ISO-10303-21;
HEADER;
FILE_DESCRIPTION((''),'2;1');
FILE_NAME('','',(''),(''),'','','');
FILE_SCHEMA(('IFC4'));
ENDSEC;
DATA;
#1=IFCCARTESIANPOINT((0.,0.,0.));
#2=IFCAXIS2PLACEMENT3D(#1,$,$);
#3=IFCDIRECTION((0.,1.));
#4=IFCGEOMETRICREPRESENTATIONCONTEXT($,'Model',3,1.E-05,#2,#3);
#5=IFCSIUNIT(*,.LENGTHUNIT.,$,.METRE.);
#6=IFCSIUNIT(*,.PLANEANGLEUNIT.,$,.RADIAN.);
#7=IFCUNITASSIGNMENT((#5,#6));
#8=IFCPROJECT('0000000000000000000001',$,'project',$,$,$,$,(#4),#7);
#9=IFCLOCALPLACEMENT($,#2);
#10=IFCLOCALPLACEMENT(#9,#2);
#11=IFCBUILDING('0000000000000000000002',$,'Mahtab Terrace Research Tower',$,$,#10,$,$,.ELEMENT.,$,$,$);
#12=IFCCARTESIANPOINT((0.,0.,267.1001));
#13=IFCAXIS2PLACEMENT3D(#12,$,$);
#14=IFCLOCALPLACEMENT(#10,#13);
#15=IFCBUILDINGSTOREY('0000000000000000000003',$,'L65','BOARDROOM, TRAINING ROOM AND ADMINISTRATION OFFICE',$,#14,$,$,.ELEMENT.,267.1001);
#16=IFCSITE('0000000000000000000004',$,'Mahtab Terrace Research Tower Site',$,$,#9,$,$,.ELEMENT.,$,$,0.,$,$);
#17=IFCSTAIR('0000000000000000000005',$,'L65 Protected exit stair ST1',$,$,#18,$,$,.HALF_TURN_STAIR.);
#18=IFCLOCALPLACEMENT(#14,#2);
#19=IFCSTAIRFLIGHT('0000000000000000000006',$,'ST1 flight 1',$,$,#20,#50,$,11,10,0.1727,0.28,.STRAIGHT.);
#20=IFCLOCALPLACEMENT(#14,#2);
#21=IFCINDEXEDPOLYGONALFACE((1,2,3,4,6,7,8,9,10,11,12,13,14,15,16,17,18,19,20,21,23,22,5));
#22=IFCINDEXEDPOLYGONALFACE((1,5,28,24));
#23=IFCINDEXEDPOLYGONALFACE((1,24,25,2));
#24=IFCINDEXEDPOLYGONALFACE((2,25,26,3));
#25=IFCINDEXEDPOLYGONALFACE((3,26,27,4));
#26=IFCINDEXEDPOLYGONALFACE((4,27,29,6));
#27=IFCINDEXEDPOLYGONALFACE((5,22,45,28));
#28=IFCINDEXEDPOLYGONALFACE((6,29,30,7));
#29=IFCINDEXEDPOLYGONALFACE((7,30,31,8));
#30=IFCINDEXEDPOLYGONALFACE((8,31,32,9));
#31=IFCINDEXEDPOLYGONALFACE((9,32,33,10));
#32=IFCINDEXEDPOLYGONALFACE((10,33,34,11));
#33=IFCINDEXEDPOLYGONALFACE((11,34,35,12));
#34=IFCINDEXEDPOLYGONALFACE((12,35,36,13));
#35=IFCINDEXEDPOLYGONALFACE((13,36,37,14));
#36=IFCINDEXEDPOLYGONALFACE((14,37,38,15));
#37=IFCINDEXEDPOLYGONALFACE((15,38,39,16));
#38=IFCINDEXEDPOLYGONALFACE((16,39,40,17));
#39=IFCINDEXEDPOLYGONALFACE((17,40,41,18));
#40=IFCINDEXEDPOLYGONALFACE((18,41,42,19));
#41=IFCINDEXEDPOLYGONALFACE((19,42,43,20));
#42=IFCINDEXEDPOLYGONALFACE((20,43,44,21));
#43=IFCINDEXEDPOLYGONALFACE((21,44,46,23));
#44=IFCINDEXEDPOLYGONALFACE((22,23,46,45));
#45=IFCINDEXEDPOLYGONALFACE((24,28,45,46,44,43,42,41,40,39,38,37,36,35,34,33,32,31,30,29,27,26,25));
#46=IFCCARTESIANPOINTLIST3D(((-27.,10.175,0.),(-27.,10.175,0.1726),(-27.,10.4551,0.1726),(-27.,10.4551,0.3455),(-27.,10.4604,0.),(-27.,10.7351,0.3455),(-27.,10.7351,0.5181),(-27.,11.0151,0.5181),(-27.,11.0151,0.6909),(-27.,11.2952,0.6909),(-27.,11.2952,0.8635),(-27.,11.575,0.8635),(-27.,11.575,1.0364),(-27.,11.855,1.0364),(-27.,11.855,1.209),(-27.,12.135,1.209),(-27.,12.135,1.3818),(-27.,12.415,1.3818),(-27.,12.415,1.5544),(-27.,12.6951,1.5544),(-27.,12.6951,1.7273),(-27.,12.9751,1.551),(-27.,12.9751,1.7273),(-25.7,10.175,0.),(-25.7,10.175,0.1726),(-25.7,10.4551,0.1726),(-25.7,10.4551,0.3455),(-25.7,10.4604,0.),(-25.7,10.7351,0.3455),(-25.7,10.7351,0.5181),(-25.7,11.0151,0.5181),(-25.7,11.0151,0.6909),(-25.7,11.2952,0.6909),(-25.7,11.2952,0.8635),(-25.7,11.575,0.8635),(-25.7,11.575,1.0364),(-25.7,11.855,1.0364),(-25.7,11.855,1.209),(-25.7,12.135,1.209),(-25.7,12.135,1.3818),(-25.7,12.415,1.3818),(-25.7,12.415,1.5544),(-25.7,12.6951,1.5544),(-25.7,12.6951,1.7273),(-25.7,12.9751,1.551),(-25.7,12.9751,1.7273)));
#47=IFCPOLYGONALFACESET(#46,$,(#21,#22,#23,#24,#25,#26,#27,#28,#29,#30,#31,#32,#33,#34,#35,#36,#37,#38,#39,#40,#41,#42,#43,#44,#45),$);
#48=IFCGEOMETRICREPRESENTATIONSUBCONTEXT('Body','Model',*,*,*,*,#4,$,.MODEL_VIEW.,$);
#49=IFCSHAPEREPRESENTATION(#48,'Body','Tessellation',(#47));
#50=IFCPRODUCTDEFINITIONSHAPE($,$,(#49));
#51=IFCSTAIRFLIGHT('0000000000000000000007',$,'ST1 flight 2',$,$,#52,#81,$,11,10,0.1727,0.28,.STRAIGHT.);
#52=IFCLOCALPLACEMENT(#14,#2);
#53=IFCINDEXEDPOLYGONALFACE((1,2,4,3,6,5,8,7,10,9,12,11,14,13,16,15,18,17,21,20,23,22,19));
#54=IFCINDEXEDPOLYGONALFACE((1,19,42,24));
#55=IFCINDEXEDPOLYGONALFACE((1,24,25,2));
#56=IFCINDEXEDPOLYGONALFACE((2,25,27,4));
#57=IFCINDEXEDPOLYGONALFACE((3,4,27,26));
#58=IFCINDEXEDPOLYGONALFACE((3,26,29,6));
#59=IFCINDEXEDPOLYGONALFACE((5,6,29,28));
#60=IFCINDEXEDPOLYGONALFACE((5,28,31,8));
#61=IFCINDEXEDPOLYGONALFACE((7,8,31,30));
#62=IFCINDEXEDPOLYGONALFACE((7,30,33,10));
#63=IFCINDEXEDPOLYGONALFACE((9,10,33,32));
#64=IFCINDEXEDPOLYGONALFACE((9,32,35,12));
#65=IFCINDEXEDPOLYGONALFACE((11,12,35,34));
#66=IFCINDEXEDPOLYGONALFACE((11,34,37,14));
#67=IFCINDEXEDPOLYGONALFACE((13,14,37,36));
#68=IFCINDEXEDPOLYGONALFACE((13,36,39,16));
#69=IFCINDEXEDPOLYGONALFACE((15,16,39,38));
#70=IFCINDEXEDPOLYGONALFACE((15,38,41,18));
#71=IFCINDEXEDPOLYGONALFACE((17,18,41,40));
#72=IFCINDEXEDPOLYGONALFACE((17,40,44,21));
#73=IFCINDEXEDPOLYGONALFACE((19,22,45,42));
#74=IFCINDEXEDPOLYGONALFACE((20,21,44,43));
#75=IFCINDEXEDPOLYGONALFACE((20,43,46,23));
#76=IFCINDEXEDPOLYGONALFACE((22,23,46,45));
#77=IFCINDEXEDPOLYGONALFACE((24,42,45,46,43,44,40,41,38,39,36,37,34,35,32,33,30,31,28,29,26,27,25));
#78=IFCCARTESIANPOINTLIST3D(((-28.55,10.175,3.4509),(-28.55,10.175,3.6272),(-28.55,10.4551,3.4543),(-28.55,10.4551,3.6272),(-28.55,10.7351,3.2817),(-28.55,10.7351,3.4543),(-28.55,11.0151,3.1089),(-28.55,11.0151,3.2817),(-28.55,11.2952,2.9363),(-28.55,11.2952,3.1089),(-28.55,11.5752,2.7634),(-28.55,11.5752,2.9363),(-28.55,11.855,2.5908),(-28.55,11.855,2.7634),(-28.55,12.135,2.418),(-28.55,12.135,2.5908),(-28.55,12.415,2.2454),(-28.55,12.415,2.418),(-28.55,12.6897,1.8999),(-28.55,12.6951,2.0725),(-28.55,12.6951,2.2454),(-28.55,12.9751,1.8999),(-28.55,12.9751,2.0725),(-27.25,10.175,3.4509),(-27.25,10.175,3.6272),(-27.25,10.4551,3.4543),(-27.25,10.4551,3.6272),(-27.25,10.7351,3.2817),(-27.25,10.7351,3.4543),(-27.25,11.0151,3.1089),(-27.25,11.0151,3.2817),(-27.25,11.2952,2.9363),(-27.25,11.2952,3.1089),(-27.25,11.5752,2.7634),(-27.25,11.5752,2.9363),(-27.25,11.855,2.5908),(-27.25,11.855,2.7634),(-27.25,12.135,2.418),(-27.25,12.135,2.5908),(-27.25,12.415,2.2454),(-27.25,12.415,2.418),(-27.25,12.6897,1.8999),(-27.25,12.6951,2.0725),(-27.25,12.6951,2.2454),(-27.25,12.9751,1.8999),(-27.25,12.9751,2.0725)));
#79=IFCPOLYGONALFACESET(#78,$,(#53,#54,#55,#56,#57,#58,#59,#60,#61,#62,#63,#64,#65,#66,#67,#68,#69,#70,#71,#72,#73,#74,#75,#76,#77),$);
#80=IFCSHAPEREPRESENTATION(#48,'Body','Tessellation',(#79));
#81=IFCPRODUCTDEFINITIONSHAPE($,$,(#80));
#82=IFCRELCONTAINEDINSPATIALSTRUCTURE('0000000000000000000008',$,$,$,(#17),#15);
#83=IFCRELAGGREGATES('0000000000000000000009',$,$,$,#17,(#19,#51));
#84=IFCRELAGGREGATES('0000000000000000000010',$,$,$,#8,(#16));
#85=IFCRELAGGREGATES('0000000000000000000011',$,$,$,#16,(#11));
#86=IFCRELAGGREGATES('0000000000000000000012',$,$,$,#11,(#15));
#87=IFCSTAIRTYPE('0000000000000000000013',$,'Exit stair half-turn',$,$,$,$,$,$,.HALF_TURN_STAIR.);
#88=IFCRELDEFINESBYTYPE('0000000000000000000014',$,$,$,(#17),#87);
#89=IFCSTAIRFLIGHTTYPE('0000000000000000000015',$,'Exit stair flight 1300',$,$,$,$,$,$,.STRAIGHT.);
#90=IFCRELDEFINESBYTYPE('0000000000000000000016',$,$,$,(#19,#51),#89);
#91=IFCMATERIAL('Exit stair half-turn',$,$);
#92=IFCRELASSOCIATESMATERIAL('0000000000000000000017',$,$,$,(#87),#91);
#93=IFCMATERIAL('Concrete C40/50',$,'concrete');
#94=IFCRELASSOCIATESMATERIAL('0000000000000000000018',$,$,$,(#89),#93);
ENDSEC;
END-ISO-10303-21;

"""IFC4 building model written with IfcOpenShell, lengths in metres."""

from ifc_helpers import new_model, si_unit, direction, frame, origin, place, context, subcontext, project, spatial, polyline, outline, extrude, material, type_object, element, aggregate, save


model = new_model("IFC4")

# Units and contexts
model_context = context("Model", 3, precision=1e-05, world=origin(), true_north=direction((0.0, 1.0)))
body_context = subcontext(model_context, "Body", "Model", "MODEL_VIEW")
ifc_project = project(units=[si_unit("LENGTHUNIT", "METRE"), si_unit("PLANEANGLEUNIT", "RADIAN")], contexts=[model_context])

# Site, building, storey
site_placement = place(None, origin())
site = spatial("IfcSite", under=ifc_project, at=site_placement, Name="Mahtab Terrace Research Tower Site", CompositionType="ELEMENT", RefElevation=0.0)
building_placement = place(site_placement, origin())
building = spatial("IfcBuilding", under=site, at=building_placement, Name="Mahtab Terrace Research Tower", CompositionType="ELEMENT")
storey_placement = place(building_placement, frame((0.0, 0.0, 267.1001)))
storey = spatial("IfcBuildingStorey", under=building, at=storey_placement, Name="L65", Description="BOARDROOM, TRAINING ROOM AND ADMINISTRATION OFFICE", CompositionType="ELEMENT", Elevation=267.1001)

# Stair, stair flights
ifc_material_1 = material(Name="Exit stair half-turn")
stair_type = type_object("IfcStairType", Name="Exit stair half-turn", PredefinedType="HALF_TURN_STAIR", material=ifc_material_1)
stair_placement = place(storey_placement, origin())
stair = element("IfcStair", 1, at=stair_placement, inside=storey, type_object=stair_type, Name="L65 Protected exit stair ST1", PredefinedType="HALF_TURN_STAIR")
ifc_material_2 = material(Name="Concrete C40/50", Category="concrete")
stair_flight_type = type_object("IfcStairFlightType", Name="Exit stair flight 1300", PredefinedType="STRAIGHT", material=ifc_material_2)
stair_flight_1_placement = place(storey_placement, frame((-26.3501, 10.175, 0.0), z_axis=(0.0, 0.0, 1.0), x_axis=(0.0, 1.0, 0.0)))
stair_flight_1 = element("IfcStairFlight", 2, at=stair_flight_1_placement, type_object=stair_flight_type, Name="ST1 flight 1", NumberOfRisers=11, NumberOfTreads=10, PredefinedType="STRAIGHT", RiserHeight=0.1727, TreadLength=0.28, context=body_context, shape_type="SweptSolid", body=[
    extrude(outline(polyline([(0.0, 0.0), (0.0, 0.1726), (0.28, 0.1726), (0.28, 0.3455), (0.5601, 0.3455), (0.5601, 0.5181), (0.8401, 0.5181), (0.8401, 0.6909), (1.1201, 0.6909), (1.1201, 0.8635), (1.3999, 0.8635), (1.3999, 1.0364), (1.6799, 1.0364), (1.6799, 1.209), (1.96, 1.209), (1.96, 1.3818), (2.24, 1.3818), (2.24, 1.5544), (2.52, 1.5544), (2.52, 1.7273), (2.8, 1.7273), (2.8, 1.8999), (2.8, 1.551), (0.2854, 0.0), (0.0, 0.0)])), frame((0.0, 0.6499, 0.0), z_axis=(0.0, -1.0, 0.0), x_axis=(1.0, 0.0, 0.0)), (0.0, 0.0, 1.0), 1.3),
])
stair_flight_2_placement = place(storey_placement, frame((-27.8999, 12.9751, 1.8999), z_axis=(0.0, 0.0, 1.0), x_axis=(0.0, -1.0, 0.0)))
stair_flight_2 = element("IfcStairFlight", 3, at=stair_flight_2_placement, type_object=stair_flight_type, Name="ST1 flight 2", NumberOfRisers=11, NumberOfTreads=10, PredefinedType="STRAIGHT", RiserHeight=0.1727, TreadLength=0.28, context=body_context, shape_type="SweptSolid", body=[
    extrude(outline(polyline([(0.0, 0.0), (0.0, 0.1726), (0.28, 0.1726), (0.28, 0.3455), (0.5601, 0.3455), (0.5601, 0.5181), (0.8401, 0.5181), (0.8401, 0.6909), (1.1201, 0.6909), (1.1201, 0.8635), (1.3999, 0.8635), (1.3999, 1.0364), (1.6799, 1.0364), (1.6799, 1.209), (1.96, 1.209), (1.96, 1.3818), (2.24, 1.3818), (2.24, 1.5544), (2.52, 1.5544), (2.52, 1.7273), (2.8, 1.7273), (2.8, 1.8999), (2.8, 1.551), (0.2854, 0.0), (0.0, 0.0)])), frame((0.0, 0.6499, 0.0), z_axis=(0.0, -1.0, 0.0), x_axis=(1.0, 0.0, 0.0)), (0.0, 0.0, 1.0), 1.3),
])
aggregate(stair, [stair_flight_1, stair_flight_2])

save(model, "model.ifc")
